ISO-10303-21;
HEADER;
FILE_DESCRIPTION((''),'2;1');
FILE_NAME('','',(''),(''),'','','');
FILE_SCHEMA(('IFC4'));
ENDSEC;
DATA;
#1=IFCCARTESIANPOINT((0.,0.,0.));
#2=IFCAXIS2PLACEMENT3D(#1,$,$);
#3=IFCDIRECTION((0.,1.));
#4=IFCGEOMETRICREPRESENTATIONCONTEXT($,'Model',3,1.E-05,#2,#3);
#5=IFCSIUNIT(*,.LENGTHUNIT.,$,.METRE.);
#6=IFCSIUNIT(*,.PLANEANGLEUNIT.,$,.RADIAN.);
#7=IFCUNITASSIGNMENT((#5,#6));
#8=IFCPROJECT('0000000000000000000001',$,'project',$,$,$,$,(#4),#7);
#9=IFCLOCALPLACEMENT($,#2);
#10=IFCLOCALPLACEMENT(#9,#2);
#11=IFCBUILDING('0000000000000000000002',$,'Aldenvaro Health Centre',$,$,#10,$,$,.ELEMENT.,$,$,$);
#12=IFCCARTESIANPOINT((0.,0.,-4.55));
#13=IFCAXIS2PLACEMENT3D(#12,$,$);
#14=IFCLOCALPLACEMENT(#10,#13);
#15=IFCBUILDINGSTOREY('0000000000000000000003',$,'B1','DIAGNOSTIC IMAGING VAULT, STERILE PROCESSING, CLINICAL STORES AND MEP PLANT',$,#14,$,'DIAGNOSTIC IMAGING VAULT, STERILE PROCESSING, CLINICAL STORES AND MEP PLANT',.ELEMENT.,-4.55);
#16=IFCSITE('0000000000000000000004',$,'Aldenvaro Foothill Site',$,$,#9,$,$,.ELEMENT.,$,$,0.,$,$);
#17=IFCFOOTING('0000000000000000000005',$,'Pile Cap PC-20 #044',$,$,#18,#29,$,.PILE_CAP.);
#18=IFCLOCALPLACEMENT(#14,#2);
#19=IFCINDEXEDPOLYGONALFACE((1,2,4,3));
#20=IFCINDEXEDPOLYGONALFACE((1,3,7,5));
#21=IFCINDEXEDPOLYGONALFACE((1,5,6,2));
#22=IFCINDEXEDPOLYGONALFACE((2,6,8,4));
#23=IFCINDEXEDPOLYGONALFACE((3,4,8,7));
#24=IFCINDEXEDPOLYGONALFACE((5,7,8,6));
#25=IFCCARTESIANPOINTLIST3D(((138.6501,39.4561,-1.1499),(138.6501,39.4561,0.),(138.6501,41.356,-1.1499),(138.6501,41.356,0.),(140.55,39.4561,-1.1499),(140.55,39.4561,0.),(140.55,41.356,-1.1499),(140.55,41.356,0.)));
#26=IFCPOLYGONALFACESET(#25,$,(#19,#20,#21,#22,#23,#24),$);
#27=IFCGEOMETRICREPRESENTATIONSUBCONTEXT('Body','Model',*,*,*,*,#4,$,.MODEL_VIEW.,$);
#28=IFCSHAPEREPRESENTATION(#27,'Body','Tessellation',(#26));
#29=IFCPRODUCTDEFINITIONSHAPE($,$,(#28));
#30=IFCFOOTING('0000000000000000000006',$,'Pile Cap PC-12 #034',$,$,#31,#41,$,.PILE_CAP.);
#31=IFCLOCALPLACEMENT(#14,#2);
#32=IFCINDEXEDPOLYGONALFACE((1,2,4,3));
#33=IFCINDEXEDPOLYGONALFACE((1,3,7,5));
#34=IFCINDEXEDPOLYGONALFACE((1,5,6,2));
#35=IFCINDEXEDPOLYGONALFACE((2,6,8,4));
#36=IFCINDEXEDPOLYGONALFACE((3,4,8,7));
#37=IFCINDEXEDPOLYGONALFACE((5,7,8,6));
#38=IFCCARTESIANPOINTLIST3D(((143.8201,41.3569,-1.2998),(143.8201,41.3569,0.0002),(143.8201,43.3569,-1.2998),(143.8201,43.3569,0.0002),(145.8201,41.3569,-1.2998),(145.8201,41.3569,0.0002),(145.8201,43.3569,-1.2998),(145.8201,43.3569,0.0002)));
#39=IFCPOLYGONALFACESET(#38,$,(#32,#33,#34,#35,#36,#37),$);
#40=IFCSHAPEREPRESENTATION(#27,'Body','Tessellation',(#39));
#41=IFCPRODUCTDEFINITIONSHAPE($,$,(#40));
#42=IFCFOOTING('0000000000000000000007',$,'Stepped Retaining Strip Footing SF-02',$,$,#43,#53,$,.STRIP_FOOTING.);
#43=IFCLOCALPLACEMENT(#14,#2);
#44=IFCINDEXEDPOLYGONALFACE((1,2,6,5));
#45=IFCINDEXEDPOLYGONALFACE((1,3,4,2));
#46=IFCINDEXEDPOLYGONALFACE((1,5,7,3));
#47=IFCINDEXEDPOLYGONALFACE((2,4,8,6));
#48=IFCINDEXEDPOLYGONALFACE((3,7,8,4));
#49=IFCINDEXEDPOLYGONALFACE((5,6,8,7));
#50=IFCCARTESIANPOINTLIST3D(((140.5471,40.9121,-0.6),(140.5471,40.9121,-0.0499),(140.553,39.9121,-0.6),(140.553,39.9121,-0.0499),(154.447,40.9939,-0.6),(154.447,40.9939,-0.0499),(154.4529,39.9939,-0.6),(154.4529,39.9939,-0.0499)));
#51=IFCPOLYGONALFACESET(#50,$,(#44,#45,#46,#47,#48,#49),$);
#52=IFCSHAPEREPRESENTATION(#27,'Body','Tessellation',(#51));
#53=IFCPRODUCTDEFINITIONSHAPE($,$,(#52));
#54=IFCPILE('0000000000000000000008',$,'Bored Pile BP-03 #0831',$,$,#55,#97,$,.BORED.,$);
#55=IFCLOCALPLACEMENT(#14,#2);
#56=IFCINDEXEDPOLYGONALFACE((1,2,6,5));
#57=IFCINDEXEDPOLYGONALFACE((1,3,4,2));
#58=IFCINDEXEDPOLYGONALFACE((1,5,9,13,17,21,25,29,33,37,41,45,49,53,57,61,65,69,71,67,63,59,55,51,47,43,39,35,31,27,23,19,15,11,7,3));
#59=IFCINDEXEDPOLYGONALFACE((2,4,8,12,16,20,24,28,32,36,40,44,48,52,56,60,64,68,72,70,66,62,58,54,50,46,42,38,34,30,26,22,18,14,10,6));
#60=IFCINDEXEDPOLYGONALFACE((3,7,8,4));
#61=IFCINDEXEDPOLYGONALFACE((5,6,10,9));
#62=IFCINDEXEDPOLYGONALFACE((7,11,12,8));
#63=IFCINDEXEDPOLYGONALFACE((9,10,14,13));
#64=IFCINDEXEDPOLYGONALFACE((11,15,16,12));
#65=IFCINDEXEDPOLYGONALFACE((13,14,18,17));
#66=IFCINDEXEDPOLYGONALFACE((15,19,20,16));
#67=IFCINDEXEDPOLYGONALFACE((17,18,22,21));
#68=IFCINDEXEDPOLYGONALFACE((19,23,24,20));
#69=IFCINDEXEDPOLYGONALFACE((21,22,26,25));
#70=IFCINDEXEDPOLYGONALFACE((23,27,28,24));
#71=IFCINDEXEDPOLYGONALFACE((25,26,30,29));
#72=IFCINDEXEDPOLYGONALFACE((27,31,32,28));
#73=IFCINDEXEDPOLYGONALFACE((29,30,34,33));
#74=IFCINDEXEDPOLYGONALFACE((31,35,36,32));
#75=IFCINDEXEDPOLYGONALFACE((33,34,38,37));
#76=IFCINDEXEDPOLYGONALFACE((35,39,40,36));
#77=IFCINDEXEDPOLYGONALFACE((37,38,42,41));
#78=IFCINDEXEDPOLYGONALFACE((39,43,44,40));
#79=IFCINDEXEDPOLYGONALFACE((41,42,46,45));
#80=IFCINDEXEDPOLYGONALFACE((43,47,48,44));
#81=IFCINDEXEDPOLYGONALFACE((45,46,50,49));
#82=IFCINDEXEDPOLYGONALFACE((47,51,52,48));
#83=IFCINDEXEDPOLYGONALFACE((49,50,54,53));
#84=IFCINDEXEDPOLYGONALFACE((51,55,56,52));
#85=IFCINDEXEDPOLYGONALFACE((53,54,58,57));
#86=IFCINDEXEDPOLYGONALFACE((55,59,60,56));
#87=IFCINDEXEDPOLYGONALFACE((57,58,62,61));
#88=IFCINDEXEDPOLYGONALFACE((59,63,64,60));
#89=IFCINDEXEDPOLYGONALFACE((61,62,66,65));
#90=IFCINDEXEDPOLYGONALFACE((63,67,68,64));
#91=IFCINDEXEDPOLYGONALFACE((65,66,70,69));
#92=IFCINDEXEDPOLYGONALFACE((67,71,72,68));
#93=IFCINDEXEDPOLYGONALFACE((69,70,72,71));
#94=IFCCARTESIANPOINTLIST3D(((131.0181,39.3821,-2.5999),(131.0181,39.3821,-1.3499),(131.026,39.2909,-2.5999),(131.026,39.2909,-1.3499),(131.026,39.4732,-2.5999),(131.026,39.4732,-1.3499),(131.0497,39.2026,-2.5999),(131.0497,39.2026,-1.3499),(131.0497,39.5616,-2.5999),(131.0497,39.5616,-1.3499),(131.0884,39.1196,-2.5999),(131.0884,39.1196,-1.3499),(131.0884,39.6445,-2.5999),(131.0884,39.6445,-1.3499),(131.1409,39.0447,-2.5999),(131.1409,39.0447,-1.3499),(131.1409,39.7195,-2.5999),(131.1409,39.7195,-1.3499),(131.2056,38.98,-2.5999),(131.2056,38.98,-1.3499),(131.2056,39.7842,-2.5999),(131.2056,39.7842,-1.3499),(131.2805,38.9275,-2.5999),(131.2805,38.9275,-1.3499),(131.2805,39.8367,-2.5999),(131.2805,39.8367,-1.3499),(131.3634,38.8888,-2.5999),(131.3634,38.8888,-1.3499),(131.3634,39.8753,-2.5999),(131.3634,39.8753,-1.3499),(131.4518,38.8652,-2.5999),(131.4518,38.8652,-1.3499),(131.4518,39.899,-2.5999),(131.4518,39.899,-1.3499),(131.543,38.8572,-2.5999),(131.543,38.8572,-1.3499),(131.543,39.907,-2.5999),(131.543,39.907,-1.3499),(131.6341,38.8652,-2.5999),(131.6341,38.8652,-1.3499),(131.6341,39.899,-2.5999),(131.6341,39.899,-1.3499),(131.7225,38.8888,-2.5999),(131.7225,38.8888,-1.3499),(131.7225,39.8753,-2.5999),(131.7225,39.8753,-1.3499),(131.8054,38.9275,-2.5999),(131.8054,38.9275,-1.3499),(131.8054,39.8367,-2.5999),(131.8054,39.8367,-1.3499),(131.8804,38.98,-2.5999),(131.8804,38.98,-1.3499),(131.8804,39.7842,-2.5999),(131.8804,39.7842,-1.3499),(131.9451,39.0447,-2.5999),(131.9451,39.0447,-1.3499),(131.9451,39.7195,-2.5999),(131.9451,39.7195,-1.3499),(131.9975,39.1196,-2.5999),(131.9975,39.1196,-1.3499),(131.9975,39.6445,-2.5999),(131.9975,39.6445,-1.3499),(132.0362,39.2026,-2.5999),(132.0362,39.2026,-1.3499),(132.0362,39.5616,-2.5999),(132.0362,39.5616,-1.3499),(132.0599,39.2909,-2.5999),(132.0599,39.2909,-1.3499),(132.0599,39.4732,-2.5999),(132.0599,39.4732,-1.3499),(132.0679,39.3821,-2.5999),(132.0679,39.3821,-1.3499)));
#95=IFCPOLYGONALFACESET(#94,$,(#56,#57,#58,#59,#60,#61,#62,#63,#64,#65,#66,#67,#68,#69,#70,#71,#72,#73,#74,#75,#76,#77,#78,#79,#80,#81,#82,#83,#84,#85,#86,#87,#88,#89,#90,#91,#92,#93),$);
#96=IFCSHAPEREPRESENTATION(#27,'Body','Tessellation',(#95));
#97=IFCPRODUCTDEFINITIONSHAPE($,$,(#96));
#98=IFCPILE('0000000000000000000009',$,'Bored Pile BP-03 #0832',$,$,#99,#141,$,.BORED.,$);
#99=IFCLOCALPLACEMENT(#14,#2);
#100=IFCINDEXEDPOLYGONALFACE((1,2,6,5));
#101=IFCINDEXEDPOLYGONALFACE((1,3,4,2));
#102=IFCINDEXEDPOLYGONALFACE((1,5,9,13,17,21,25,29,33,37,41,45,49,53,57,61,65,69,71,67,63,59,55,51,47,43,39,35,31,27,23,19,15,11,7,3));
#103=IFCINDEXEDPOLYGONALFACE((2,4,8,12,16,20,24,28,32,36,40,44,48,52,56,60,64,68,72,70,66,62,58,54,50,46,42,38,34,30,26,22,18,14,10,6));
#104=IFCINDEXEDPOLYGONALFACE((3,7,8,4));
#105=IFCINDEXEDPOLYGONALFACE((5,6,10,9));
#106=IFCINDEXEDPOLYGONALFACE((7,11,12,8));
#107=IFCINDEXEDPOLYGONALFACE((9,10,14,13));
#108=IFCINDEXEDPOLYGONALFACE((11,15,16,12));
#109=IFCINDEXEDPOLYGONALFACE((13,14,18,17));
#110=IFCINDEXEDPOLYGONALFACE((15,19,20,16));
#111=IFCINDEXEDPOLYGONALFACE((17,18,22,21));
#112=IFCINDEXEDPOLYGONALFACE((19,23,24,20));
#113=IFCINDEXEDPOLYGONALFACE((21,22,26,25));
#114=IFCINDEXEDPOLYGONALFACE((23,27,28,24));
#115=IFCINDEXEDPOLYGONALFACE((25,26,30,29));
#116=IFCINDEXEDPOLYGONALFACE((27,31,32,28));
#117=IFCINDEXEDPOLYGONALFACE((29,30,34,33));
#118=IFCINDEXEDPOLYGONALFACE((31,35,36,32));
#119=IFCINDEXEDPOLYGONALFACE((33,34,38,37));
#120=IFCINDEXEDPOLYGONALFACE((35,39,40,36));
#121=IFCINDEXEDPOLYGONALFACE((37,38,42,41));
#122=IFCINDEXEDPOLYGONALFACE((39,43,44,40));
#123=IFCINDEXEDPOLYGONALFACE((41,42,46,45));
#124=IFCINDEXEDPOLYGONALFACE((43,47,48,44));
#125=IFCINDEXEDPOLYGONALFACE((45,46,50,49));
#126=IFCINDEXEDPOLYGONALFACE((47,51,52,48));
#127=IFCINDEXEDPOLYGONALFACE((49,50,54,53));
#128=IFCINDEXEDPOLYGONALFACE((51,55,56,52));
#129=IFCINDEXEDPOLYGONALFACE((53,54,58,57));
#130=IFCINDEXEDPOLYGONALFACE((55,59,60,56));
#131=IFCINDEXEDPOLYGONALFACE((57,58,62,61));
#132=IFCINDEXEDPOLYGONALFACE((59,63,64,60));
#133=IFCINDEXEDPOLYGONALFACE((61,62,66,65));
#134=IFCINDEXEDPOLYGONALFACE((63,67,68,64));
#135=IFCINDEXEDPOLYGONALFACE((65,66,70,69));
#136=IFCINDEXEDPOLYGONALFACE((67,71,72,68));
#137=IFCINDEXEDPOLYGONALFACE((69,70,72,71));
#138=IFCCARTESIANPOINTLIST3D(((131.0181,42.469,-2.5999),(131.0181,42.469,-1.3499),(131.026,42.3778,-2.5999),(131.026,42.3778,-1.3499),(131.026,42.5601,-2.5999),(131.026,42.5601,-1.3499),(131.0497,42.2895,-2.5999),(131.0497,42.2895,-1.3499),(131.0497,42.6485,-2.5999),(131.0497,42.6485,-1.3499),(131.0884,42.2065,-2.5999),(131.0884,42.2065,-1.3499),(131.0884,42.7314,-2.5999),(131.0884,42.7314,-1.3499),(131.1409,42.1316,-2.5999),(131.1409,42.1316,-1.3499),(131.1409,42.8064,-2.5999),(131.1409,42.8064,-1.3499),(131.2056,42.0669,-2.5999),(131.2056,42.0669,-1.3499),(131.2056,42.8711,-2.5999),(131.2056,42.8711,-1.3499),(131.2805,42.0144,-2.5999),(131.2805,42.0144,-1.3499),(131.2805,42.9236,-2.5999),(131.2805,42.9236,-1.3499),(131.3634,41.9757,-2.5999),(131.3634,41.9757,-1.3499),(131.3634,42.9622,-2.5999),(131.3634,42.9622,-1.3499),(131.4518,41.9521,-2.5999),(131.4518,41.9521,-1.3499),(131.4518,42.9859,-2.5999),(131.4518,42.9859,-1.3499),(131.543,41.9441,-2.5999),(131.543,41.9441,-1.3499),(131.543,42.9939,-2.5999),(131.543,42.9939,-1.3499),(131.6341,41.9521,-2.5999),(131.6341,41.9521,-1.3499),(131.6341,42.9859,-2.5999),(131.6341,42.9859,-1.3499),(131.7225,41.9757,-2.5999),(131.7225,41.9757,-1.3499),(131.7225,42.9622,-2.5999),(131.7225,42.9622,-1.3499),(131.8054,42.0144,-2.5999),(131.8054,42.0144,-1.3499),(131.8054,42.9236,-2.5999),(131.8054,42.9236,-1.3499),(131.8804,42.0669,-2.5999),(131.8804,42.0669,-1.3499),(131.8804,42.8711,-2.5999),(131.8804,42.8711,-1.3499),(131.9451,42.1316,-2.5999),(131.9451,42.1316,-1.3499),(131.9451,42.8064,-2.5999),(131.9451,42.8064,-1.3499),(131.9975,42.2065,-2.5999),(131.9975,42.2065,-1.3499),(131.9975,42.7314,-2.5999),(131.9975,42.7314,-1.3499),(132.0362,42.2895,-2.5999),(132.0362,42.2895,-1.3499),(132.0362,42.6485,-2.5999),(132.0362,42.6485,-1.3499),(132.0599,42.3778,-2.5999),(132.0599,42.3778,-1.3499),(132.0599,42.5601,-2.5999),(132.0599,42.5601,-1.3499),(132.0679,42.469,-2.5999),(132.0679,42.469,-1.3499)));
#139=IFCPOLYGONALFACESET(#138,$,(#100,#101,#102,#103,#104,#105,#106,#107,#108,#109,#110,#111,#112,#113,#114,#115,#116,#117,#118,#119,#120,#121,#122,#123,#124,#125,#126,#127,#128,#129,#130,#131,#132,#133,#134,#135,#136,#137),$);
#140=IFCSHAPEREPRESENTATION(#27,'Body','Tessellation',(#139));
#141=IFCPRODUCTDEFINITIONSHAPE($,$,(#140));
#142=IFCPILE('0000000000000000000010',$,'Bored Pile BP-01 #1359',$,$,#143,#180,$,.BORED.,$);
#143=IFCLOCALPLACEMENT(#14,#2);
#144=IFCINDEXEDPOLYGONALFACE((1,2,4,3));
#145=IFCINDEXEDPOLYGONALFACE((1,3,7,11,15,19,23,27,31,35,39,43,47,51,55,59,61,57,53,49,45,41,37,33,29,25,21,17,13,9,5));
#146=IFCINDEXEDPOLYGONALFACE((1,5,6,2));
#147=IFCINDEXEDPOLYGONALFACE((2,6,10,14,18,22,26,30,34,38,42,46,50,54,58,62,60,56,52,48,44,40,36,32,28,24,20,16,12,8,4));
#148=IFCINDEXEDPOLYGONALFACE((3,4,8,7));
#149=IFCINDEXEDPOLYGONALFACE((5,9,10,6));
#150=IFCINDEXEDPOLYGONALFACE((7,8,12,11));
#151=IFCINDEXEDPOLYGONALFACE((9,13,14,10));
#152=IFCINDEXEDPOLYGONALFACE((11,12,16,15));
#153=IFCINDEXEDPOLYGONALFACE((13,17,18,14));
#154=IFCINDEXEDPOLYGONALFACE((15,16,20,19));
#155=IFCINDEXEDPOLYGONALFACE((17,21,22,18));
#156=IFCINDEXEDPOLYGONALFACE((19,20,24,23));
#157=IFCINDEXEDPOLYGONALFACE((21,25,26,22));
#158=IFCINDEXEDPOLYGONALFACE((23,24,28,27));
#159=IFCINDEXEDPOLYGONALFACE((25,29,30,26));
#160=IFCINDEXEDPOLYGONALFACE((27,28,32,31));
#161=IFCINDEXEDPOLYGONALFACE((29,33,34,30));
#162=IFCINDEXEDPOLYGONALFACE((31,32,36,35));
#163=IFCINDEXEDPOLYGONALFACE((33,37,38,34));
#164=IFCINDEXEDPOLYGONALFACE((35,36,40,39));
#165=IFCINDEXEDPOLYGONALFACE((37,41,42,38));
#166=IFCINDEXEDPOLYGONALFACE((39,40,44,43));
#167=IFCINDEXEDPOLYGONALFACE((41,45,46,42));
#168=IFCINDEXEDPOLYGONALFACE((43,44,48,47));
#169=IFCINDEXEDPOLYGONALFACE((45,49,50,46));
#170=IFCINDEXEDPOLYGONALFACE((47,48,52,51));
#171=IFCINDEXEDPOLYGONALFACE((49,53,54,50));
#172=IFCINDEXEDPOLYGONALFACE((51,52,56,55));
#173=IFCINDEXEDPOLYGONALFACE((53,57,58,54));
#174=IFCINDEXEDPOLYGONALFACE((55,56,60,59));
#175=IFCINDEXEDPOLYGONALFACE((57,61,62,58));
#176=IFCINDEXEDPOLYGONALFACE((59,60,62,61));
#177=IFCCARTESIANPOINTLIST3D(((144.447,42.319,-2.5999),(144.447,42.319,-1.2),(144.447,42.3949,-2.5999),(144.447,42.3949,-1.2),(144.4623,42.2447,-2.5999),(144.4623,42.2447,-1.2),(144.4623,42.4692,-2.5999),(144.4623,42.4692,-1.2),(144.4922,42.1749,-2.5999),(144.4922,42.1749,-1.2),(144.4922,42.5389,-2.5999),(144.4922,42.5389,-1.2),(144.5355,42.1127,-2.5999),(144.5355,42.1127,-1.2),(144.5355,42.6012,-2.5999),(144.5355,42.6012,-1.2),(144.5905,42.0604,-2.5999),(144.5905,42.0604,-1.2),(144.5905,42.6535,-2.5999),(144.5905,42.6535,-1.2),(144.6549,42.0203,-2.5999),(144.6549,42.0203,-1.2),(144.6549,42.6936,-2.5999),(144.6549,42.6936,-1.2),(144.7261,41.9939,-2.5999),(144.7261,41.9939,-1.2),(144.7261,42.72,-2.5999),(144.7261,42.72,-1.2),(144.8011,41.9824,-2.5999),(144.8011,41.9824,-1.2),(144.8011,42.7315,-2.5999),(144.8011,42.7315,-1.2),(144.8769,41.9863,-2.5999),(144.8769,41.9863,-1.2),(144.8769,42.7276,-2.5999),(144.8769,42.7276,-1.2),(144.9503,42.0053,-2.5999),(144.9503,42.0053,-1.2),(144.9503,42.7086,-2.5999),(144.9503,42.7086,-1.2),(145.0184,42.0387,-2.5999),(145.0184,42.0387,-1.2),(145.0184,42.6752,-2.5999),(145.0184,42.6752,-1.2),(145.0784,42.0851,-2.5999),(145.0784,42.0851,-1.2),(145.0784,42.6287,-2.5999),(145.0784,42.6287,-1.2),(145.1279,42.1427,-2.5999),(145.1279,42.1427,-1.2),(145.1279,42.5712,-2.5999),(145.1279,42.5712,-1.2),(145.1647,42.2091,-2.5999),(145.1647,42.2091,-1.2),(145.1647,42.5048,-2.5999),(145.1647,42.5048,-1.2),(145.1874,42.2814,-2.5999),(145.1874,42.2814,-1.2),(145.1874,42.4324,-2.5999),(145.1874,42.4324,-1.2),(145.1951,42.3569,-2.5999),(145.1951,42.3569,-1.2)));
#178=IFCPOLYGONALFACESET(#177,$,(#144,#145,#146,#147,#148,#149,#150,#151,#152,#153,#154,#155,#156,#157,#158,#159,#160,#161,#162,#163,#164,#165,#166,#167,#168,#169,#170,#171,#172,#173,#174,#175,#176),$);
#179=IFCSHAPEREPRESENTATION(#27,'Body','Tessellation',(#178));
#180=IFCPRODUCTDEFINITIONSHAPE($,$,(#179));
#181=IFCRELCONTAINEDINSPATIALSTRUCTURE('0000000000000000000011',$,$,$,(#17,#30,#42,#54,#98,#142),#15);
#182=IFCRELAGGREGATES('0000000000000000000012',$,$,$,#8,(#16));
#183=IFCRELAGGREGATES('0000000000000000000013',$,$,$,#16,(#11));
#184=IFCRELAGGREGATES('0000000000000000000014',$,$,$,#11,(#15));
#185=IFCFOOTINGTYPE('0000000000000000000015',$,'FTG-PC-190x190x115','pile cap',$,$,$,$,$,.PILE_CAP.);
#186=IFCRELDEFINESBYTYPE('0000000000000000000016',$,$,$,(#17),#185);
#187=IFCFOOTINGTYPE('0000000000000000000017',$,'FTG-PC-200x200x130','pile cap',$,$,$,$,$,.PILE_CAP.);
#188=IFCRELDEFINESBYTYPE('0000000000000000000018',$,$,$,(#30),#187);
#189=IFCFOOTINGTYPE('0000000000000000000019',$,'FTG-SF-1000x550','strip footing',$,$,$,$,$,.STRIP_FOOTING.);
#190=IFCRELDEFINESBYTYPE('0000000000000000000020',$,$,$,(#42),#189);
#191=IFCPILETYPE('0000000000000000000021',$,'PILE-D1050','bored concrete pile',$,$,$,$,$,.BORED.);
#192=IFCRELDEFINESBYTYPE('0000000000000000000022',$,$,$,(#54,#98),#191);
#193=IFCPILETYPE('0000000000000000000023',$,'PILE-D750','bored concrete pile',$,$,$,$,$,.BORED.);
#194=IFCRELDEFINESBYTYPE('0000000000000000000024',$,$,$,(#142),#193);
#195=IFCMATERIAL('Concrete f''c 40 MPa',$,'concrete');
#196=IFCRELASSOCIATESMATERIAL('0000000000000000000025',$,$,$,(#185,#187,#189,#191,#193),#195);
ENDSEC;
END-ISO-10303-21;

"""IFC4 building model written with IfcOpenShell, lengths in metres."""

from ifc_helpers import new_model, si_unit, direction, frame, origin, origin_2d, place, context, subcontext, project, spatial, rectangle, circle, extrude, material, material_profile, profile_set, type_object, element, save


model = new_model("IFC4")

# Units and contexts
model_context = context("Model", 3, precision=1e-05, world=origin(), true_north=direction((0.0, 1.0)))
body_context = subcontext(model_context, "Body", "Model", "MODEL_VIEW")
ifc_project = project(units=[si_unit("LENGTHUNIT", "METRE"), si_unit("PLANEANGLEUNIT", "RADIAN")], contexts=[model_context])

# Site, building, storey
site_placement = place(None, origin())
site = spatial("IfcSite", under=ifc_project, at=site_placement, Name="Aldenvaro Foothill Site", CompositionType="ELEMENT", RefElevation=0.0)
building_placement = place(site_placement, origin())
building = spatial("IfcBuilding", under=site, at=building_placement, Name="Aldenvaro Health Centre", CompositionType="ELEMENT")
storey_placement = place(building_placement, frame((0.0, 0.0, -4.55)))
storey = spatial("IfcBuildingStorey", under=building, at=storey_placement, Name="B1", Description="DIAGNOSTIC IMAGING VAULT, STERILE PROCESSING, CLINICAL STORES AND MEP PLANT", LongName="DIAGNOSTIC IMAGING VAULT, STERILE PROCESSING, CLINICAL STORES AND MEP PLANT", CompositionType="ELEMENT", Elevation=-4.55)

# Footings
ifc_material_1 = material(Name="Concrete f'c 40 MPa", Category="concrete")
footing_type_1 = type_object("IfcFootingType", Name="FTG-PC-190x190x115", Description="pile cap", PredefinedType="PILE_CAP", material=ifc_material_1)
footing_1_placement = place(storey_placement, frame((139.6001, 40.406, -1.1499), z_axis=(0.0, 0.0, 1.0), x_axis=(1.0, 0.0, 0.0)))
element("IfcFooting", 1, at=footing_1_placement, inside=storey, type_object=footing_type_1, Name="Pile Cap PC-20 #044", PredefinedType="PILE_CAP", context=body_context, shape_type="SweptSolid", body=[
    extrude(rectangle(XDim=1.8999, YDim=1.8999, at=origin_2d()), origin(), (0.0, 0.0, 1.0), 1.1499),
])
footing_type_2 = type_object("IfcFootingType", Name="FTG-PC-200x200x130", Description="pile cap", PredefinedType="PILE_CAP", material=ifc_material_1)
footing_2_placement = place(storey_placement, frame((144.8201, 42.3569, -1.2998), z_axis=(0.0, 0.0, 1.0), x_axis=(1.0, 0.0, 0.0)))
element("IfcFooting", 2, at=footing_2_placement, inside=storey, type_object=footing_type_2, Name="Pile Cap PC-12 #034", PredefinedType="PILE_CAP", context=body_context, shape_type="SweptSolid", body=[
    extrude(rectangle(XDim=2.0, YDim=2.0, at=origin_2d()), origin(), (0.0, 0.0, 1.0), 1.3),
])
ifc_material_profile_1 = material_profile(ifc_material_1, rectangle(XDim=1.0, YDim=0.55, at=origin_2d()), Name="SF 1000x550", Category="concrete")
ifc_profile_set_1 = profile_set([ifc_material_profile_1], Name="Concrete f'c 40 MPa")
footing_type_3 = type_object("IfcFootingType", Name="FTG-SF-1000x550", Description="strip footing", PredefinedType="STRIP_FOOTING", material=ifc_profile_set_1)
footing_3_placement = place(storey_placement, frame((140.55, 40.4121, -0.325), z_axis=(0.999983, 0.005884, 0.0), x_axis=(-0.005884, 0.999983, 0.0)))
element("IfcFooting", 3, at=footing_3_placement, inside=storey, type_object=footing_type_3, Name="Stepped Retaining Strip Footing SF-02", PredefinedType="STRIP_FOOTING", context=body_context, shape_type="SweptSolid", body=[
    extrude(rectangle(XDim=1.0, YDim=0.55, at=origin_2d()), origin(), (0.0, 0.0, 1.0), 13.9001),
])

# Piles
ifc_material_profile_2 = material_profile(ifc_material_1, circle(Radius=0.5249, at=origin_2d()), Name="PILE D1050", Category="concrete")
ifc_profile_set_2 = profile_set([ifc_material_profile_2], Name="Concrete f'c 40 MPa")
pile_type_1 = type_object("IfcPileType", Name="PILE-D1050", Description="bored concrete pile", PredefinedType="BORED", material=ifc_profile_set_2)
for number, where, z_axis, x_axis, name in (
    (4, (131.543, 39.3821, -1.3499), (0.0, 0.0, -1.0), (1.0, 0.0, 0.0), "Bored Pile BP-03 #0831"),
    (5, (131.543, 42.469, -1.3499), (0.0, 0.0, -1.0), (1.0, 0.0, 0.0), "Bored Pile BP-03 #0832"),
):
    element("IfcPile", number, at=place(storey_placement, frame(where, z_axis=z_axis, x_axis=x_axis)), inside=storey, type_object=pile_type_1, Name=name, PredefinedType="BORED", context=body_context, shape_type="SweptSolid", body=[
        extrude(circle(Radius=0.5249, at=origin_2d()), origin(), (0.0, 0.0, 1.0), 1.25),
    ])
ifc_material_profile_3 = material_profile(ifc_material_1, circle(Radius=0.375, at=origin_2d()), Name="PILE D750", Category="concrete")
ifc_profile_set_3 = profile_set([ifc_material_profile_3], Name="Concrete f'c 40 MPa")
pile_type_2 = type_object("IfcPileType", Name="PILE-D750", Description="bored concrete pile", PredefinedType="BORED", material=ifc_profile_set_3)
pile_1_placement = place(storey_placement, frame((144.8201, 42.3569, -1.2), z_axis=(0.0, 0.0, -1.0), x_axis=(1.0, 0.0, 0.0)))
element("IfcPile", 6, at=pile_1_placement, inside=storey, type_object=pile_type_2, Name="Bored Pile BP-01 #1359", PredefinedType="BORED", context=body_context, shape_type="SweptSolid", body=[
    extrude(circle(Radius=0.375, at=origin_2d()), origin(), (0.0, 0.0, 1.0), 1.3999),
])

save(model, "model.ifc")
